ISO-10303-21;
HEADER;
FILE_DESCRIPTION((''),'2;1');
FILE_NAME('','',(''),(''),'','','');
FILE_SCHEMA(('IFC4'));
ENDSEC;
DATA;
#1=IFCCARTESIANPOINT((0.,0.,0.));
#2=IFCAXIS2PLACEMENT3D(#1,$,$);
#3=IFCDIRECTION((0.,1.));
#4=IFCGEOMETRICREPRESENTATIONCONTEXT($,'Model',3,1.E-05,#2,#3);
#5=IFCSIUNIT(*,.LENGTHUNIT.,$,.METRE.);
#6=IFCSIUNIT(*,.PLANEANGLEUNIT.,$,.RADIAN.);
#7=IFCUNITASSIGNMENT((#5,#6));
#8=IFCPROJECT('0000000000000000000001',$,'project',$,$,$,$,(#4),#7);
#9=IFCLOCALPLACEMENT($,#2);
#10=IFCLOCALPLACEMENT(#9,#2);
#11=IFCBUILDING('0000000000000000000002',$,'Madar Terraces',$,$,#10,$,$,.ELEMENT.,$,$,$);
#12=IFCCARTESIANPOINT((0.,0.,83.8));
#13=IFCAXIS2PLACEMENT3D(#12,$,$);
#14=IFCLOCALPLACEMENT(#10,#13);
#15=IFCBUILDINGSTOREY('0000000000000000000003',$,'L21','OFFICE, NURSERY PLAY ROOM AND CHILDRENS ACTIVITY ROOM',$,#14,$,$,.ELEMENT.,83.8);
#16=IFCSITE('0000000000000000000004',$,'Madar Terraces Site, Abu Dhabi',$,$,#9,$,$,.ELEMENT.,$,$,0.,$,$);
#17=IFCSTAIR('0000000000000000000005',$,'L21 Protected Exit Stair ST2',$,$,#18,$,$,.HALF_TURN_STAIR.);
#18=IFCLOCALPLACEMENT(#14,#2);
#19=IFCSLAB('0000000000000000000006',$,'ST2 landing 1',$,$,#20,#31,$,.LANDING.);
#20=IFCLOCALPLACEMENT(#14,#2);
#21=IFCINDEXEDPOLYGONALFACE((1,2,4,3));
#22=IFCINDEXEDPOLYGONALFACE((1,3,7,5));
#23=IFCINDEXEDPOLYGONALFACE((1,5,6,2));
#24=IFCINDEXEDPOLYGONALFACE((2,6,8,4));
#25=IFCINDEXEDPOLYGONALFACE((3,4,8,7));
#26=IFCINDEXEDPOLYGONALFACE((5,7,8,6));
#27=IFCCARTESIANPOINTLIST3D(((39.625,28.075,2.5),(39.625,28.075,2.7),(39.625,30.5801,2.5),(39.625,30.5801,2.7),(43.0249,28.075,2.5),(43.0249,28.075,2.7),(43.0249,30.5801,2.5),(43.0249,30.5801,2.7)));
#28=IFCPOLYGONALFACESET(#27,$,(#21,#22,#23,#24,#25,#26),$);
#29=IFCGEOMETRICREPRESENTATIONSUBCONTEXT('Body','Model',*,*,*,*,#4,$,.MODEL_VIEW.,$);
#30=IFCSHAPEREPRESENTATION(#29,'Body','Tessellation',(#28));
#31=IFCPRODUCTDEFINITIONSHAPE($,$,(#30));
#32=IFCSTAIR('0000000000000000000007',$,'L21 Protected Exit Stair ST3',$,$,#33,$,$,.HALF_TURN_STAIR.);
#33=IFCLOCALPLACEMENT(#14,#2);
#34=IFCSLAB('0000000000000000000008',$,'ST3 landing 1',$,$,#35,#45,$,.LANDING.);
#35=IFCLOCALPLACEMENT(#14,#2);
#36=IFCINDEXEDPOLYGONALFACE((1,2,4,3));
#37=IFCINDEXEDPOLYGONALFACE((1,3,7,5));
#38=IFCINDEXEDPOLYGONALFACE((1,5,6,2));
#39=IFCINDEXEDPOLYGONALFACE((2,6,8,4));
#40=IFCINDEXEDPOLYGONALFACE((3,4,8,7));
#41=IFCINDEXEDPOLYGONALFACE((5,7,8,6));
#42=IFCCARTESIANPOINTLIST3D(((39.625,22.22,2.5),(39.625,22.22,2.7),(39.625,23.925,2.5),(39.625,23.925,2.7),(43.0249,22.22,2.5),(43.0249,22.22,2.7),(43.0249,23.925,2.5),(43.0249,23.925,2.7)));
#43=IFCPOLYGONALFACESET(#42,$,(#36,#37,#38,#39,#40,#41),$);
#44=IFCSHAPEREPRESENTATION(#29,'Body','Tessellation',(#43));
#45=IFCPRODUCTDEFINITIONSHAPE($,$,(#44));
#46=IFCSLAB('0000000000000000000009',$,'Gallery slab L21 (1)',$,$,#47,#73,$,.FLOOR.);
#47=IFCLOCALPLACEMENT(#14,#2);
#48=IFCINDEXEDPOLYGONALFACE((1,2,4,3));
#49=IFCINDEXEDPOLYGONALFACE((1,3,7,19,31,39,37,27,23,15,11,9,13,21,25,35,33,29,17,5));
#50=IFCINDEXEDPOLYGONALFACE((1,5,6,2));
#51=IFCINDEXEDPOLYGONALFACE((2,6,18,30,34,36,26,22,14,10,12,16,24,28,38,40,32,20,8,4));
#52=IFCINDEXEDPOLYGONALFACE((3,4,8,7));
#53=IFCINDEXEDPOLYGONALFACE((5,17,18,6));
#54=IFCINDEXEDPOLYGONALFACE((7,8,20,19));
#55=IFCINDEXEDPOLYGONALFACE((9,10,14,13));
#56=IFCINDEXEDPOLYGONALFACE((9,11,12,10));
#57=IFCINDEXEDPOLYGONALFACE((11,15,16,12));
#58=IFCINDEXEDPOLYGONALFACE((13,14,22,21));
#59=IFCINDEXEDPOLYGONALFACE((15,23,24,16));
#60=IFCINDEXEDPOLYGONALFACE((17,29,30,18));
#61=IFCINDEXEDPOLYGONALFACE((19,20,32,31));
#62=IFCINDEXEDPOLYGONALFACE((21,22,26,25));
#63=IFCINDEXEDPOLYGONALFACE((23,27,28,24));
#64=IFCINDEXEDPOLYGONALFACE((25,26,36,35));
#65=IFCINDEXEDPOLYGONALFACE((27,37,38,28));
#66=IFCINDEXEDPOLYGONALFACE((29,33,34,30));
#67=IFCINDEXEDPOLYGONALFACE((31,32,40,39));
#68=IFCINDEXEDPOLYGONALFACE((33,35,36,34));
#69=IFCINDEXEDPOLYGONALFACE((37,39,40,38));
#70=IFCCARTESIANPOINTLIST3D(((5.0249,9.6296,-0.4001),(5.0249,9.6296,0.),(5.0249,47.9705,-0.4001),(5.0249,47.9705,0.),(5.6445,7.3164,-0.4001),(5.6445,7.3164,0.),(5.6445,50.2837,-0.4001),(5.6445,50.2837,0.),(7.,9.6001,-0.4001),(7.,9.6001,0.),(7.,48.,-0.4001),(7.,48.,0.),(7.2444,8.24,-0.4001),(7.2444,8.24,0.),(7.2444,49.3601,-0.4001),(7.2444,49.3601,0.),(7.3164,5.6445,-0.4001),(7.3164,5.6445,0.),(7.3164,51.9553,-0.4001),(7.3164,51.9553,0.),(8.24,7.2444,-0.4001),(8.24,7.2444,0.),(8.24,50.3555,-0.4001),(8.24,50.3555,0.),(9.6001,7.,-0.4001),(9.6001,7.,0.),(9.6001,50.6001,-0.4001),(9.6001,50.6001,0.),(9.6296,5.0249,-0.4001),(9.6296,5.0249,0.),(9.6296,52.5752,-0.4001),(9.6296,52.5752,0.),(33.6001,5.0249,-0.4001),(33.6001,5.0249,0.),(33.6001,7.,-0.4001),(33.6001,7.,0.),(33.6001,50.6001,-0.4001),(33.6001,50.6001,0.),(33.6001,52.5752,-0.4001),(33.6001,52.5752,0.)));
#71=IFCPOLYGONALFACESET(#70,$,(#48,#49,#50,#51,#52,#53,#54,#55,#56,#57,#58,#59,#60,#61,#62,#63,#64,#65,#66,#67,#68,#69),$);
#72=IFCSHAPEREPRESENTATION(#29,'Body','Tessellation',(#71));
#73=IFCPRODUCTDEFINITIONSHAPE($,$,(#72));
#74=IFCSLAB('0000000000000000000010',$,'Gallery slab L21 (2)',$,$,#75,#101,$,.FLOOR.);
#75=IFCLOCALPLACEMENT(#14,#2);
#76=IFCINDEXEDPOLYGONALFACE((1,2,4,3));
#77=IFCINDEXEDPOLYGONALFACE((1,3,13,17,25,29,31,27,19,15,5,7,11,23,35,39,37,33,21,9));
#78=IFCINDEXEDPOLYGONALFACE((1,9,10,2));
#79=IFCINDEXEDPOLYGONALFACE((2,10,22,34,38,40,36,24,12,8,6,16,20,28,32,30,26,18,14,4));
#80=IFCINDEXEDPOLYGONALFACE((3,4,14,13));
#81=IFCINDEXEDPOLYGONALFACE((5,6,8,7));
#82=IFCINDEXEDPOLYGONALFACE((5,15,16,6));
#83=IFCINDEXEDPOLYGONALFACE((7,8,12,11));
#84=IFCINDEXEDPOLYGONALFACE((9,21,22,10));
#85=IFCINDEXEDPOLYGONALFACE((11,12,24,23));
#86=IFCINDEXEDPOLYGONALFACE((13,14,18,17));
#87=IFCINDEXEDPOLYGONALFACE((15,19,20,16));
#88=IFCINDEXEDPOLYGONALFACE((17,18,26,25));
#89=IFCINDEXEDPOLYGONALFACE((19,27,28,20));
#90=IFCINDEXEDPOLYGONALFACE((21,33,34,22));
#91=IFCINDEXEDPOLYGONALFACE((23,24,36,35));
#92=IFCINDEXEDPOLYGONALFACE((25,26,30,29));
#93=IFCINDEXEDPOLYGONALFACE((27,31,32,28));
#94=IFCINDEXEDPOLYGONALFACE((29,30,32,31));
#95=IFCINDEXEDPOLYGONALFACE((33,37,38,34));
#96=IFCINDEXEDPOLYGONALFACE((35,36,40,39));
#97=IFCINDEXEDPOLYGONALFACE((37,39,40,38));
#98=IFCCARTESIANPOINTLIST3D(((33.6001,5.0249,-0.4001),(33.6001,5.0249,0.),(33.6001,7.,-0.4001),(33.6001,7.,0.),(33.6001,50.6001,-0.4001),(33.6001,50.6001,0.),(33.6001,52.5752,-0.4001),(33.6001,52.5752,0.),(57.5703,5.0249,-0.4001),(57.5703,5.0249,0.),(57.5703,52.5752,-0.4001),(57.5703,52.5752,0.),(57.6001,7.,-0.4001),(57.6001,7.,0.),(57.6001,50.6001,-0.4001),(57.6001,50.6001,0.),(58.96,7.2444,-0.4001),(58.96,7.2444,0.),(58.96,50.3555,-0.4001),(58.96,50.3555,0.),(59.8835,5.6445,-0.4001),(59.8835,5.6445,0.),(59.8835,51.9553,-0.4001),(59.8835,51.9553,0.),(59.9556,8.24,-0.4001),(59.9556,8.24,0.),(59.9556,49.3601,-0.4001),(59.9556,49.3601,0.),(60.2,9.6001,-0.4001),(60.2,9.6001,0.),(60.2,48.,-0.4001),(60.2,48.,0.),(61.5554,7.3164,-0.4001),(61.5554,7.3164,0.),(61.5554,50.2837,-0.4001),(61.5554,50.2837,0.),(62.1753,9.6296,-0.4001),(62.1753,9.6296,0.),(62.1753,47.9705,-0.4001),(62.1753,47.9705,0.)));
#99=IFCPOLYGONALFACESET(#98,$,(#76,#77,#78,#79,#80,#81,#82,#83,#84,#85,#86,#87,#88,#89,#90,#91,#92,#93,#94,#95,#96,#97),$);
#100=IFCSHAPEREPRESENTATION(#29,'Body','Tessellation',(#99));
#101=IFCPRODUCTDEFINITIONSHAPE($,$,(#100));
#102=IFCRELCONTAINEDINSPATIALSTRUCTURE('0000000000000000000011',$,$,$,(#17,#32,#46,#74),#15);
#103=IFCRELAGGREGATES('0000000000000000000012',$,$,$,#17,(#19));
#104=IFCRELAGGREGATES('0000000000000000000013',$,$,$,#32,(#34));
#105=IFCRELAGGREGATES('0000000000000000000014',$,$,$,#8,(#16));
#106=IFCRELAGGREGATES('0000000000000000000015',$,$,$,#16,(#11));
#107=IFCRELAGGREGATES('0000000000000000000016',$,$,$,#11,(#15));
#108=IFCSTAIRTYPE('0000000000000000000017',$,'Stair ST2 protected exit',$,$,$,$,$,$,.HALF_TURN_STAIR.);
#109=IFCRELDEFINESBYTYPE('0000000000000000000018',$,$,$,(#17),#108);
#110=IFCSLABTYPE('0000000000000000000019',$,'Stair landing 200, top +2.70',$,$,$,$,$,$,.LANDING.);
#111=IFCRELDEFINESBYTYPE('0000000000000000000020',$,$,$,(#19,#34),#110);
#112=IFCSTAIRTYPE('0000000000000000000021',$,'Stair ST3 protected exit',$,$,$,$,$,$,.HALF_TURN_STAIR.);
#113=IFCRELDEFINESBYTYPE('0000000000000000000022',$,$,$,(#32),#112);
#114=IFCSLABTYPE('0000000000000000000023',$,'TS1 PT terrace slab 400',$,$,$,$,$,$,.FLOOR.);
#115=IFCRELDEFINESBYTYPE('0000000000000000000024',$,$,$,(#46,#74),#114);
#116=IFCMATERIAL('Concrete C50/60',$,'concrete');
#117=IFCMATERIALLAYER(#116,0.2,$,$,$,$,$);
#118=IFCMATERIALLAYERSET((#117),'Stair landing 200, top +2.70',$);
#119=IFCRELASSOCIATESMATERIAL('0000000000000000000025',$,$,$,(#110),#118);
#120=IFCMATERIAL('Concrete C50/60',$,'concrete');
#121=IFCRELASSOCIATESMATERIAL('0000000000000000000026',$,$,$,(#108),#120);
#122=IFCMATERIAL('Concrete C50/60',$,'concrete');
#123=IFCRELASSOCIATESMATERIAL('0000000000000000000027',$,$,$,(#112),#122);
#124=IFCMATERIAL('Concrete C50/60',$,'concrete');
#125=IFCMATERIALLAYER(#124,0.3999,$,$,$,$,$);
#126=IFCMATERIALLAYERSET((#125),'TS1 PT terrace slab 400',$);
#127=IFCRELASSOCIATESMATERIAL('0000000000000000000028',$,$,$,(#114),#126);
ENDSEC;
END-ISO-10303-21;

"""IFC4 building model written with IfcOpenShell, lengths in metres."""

from ifc_helpers import new_model, si_unit, direction, frame, origin, place, context, subcontext, project, spatial, polyline, outline, extrude, material, layer, layer_set, type_object, element, aggregate, save


model = new_model("IFC4")

# Units and contexts
model_context = context("Model", 3, precision=1e-05, world=origin(), true_north=direction((0.0, 1.0)))
body_context = subcontext(model_context, "Body", "Model", "MODEL_VIEW")
ifc_project = project(units=[si_unit("LENGTHUNIT", "METRE"), si_unit("PLANEANGLEUNIT", "RADIAN")], contexts=[model_context])

# Site, building, storey
site_placement = place(None, origin())
site = spatial("IfcSite", under=ifc_project, at=site_placement, Name="Madar Terraces Site, Abu Dhabi", CompositionType="ELEMENT", RefElevation=0.0)
building_placement = place(site_placement, origin())
building = spatial("IfcBuilding", under=site, at=building_placement, Name="Madar Terraces", CompositionType="ELEMENT")
storey_placement = place(building_placement, frame((0.0, 0.0, 83.8)))
storey = spatial("IfcBuildingStorey", under=building, at=storey_placement, Name="L21", Description="OFFICE, NURSERY PLAY ROOM AND CHILDRENS ACTIVITY ROOM", CompositionType="ELEMENT", Elevation=83.8)

# Stairs, slabs
ifc_material_1 = material(Name="Concrete C50/60", Category="concrete")
ifc_layer_1 = layer(ifc_material_1, 0.2)
ifc_layer_set_1 = layer_set([ifc_layer_1], Name="Stair landing 200, top +2.70")
slab_type_1 = type_object("IfcSlabType", Name="Stair landing 200, top +2.70", PredefinedType="LANDING", material=ifc_layer_set_1)
ifc_material_2 = material(Name="Concrete C50/60", Category="concrete")
stair_type_1 = type_object("IfcStairType", Name="Stair ST2 protected exit", PredefinedType="HALF_TURN_STAIR", material=ifc_material_2)
stair_1_placement = place(storey_placement, origin())
stair_1 = element("IfcStair", 1, at=stair_1_placement, inside=storey, type_object=stair_type_1, Name="L21 Protected Exit Stair ST2", PredefinedType="HALF_TURN_STAIR")
slab_1_placement = place(storey_placement, frame((0.0, 0.0, 2.5)))
slab_1 = element("IfcSlab", 2, at=slab_1_placement, type_object=slab_type_1, Name="ST2 landing 1", PredefinedType="LANDING", context=body_context, shape_type="SweptSolid", body=[
    extrude(outline(polyline([(39.625, 28.075), (43.0249, 28.075), (43.0249, 30.5801), (39.625, 30.5801), (39.625, 28.075)])), origin(), (0.0, 0.0, 1.0), 0.2),
])
aggregate(stair_1, [slab_1])
ifc_material_3 = material(Name="Concrete C50/60", Category="concrete")
stair_type_2 = type_object("IfcStairType", Name="Stair ST3 protected exit", PredefinedType="HALF_TURN_STAIR", material=ifc_material_3)
stair_2_placement = place(storey_placement, origin())
stair_2 = element("IfcStair", 3, at=stair_2_placement, inside=storey, type_object=stair_type_2, Name="L21 Protected Exit Stair ST3", PredefinedType="HALF_TURN_STAIR")
slab_2_placement = place(storey_placement, frame((0.0, 0.0, 2.5)))
slab_2 = element("IfcSlab", 4, at=slab_2_placement, type_object=slab_type_1, Name="ST3 landing 1", PredefinedType="LANDING", context=body_context, shape_type="SweptSolid", body=[
    extrude(outline(polyline([(39.625, 22.22), (43.0249, 22.22), (43.0249, 23.925), (39.625, 23.925), (39.625, 22.22)])), origin(), (0.0, 0.0, 1.0), 0.2),
])
aggregate(stair_2, [slab_2])

# Slabs
ifc_material_4 = material(Name="Concrete C50/60", Category="concrete")
ifc_layer_2 = layer(ifc_material_4, 0.3999)
ifc_layer_set_2 = layer_set([ifc_layer_2], Name="TS1 PT terrace slab 400")
slab_type_2 = type_object("IfcSlabType", Name="TS1 PT terrace slab 400", PredefinedType="FLOOR", material=ifc_layer_set_2)
slab_3_placement = place(storey_placement, frame((0.0, 0.0, -0.4001)))
element("IfcSlab", 5, at=slab_3_placement, inside=storey, type_object=slab_type_2, Name="Gallery slab L21 (1)", PredefinedType="FLOOR", context=body_context, shape_type="SweptSolid", body=[
    extrude(outline(polyline([(7.3164, 5.6445), (9.6296, 5.0249), (33.6001, 5.0249), (33.6001, 7.0), (9.6001, 7.0), (8.24, 7.2444), (7.2444, 8.24), (7.0, 9.6001), (7.0, 48.0), (7.2444, 49.3601), (8.24, 50.3555), (9.6001, 50.6001), (33.6001, 50.6001), (33.6001, 52.5752), (9.6296, 52.5752), (7.3164, 51.9553), (5.6445, 50.2837), (5.0249, 47.9705), (5.0249, 9.6296), (5.6445, 7.3164), (7.3164, 5.6445)])), origin(), (0.0, 0.0, 1.0), 0.4001),
])
slab_4_placement = place(storey_placement, frame((0.0, 0.0, -0.4001)))
element("IfcSlab", 6, at=slab_4_placement, inside=storey, type_object=slab_type_2, Name="Gallery slab L21 (2)", PredefinedType="FLOOR", context=body_context, shape_type="SweptSolid", body=[
    extrude(outline(polyline([(33.6001, 52.5752), (33.6001, 50.6001), (57.6001, 50.6001), (58.96, 50.3555), (59.9556, 49.3601), (60.2, 48.0), (60.2, 9.6001), (59.9556, 8.24), (58.96, 7.2444), (57.6001, 7.0), (33.6001, 7.0), (33.6001, 5.0249), (57.5703, 5.0249), (59.8835, 5.6445), (61.5554, 7.3164), (62.1753, 9.6296), (62.1753, 47.9705), (61.5554, 50.2837), (59.8835, 51.9553), (57.5703, 52.5752), (33.6001, 52.5752)])), origin(), (0.0, 0.0, 1.0), 0.4001),
])

save(model, "model.ifc")
